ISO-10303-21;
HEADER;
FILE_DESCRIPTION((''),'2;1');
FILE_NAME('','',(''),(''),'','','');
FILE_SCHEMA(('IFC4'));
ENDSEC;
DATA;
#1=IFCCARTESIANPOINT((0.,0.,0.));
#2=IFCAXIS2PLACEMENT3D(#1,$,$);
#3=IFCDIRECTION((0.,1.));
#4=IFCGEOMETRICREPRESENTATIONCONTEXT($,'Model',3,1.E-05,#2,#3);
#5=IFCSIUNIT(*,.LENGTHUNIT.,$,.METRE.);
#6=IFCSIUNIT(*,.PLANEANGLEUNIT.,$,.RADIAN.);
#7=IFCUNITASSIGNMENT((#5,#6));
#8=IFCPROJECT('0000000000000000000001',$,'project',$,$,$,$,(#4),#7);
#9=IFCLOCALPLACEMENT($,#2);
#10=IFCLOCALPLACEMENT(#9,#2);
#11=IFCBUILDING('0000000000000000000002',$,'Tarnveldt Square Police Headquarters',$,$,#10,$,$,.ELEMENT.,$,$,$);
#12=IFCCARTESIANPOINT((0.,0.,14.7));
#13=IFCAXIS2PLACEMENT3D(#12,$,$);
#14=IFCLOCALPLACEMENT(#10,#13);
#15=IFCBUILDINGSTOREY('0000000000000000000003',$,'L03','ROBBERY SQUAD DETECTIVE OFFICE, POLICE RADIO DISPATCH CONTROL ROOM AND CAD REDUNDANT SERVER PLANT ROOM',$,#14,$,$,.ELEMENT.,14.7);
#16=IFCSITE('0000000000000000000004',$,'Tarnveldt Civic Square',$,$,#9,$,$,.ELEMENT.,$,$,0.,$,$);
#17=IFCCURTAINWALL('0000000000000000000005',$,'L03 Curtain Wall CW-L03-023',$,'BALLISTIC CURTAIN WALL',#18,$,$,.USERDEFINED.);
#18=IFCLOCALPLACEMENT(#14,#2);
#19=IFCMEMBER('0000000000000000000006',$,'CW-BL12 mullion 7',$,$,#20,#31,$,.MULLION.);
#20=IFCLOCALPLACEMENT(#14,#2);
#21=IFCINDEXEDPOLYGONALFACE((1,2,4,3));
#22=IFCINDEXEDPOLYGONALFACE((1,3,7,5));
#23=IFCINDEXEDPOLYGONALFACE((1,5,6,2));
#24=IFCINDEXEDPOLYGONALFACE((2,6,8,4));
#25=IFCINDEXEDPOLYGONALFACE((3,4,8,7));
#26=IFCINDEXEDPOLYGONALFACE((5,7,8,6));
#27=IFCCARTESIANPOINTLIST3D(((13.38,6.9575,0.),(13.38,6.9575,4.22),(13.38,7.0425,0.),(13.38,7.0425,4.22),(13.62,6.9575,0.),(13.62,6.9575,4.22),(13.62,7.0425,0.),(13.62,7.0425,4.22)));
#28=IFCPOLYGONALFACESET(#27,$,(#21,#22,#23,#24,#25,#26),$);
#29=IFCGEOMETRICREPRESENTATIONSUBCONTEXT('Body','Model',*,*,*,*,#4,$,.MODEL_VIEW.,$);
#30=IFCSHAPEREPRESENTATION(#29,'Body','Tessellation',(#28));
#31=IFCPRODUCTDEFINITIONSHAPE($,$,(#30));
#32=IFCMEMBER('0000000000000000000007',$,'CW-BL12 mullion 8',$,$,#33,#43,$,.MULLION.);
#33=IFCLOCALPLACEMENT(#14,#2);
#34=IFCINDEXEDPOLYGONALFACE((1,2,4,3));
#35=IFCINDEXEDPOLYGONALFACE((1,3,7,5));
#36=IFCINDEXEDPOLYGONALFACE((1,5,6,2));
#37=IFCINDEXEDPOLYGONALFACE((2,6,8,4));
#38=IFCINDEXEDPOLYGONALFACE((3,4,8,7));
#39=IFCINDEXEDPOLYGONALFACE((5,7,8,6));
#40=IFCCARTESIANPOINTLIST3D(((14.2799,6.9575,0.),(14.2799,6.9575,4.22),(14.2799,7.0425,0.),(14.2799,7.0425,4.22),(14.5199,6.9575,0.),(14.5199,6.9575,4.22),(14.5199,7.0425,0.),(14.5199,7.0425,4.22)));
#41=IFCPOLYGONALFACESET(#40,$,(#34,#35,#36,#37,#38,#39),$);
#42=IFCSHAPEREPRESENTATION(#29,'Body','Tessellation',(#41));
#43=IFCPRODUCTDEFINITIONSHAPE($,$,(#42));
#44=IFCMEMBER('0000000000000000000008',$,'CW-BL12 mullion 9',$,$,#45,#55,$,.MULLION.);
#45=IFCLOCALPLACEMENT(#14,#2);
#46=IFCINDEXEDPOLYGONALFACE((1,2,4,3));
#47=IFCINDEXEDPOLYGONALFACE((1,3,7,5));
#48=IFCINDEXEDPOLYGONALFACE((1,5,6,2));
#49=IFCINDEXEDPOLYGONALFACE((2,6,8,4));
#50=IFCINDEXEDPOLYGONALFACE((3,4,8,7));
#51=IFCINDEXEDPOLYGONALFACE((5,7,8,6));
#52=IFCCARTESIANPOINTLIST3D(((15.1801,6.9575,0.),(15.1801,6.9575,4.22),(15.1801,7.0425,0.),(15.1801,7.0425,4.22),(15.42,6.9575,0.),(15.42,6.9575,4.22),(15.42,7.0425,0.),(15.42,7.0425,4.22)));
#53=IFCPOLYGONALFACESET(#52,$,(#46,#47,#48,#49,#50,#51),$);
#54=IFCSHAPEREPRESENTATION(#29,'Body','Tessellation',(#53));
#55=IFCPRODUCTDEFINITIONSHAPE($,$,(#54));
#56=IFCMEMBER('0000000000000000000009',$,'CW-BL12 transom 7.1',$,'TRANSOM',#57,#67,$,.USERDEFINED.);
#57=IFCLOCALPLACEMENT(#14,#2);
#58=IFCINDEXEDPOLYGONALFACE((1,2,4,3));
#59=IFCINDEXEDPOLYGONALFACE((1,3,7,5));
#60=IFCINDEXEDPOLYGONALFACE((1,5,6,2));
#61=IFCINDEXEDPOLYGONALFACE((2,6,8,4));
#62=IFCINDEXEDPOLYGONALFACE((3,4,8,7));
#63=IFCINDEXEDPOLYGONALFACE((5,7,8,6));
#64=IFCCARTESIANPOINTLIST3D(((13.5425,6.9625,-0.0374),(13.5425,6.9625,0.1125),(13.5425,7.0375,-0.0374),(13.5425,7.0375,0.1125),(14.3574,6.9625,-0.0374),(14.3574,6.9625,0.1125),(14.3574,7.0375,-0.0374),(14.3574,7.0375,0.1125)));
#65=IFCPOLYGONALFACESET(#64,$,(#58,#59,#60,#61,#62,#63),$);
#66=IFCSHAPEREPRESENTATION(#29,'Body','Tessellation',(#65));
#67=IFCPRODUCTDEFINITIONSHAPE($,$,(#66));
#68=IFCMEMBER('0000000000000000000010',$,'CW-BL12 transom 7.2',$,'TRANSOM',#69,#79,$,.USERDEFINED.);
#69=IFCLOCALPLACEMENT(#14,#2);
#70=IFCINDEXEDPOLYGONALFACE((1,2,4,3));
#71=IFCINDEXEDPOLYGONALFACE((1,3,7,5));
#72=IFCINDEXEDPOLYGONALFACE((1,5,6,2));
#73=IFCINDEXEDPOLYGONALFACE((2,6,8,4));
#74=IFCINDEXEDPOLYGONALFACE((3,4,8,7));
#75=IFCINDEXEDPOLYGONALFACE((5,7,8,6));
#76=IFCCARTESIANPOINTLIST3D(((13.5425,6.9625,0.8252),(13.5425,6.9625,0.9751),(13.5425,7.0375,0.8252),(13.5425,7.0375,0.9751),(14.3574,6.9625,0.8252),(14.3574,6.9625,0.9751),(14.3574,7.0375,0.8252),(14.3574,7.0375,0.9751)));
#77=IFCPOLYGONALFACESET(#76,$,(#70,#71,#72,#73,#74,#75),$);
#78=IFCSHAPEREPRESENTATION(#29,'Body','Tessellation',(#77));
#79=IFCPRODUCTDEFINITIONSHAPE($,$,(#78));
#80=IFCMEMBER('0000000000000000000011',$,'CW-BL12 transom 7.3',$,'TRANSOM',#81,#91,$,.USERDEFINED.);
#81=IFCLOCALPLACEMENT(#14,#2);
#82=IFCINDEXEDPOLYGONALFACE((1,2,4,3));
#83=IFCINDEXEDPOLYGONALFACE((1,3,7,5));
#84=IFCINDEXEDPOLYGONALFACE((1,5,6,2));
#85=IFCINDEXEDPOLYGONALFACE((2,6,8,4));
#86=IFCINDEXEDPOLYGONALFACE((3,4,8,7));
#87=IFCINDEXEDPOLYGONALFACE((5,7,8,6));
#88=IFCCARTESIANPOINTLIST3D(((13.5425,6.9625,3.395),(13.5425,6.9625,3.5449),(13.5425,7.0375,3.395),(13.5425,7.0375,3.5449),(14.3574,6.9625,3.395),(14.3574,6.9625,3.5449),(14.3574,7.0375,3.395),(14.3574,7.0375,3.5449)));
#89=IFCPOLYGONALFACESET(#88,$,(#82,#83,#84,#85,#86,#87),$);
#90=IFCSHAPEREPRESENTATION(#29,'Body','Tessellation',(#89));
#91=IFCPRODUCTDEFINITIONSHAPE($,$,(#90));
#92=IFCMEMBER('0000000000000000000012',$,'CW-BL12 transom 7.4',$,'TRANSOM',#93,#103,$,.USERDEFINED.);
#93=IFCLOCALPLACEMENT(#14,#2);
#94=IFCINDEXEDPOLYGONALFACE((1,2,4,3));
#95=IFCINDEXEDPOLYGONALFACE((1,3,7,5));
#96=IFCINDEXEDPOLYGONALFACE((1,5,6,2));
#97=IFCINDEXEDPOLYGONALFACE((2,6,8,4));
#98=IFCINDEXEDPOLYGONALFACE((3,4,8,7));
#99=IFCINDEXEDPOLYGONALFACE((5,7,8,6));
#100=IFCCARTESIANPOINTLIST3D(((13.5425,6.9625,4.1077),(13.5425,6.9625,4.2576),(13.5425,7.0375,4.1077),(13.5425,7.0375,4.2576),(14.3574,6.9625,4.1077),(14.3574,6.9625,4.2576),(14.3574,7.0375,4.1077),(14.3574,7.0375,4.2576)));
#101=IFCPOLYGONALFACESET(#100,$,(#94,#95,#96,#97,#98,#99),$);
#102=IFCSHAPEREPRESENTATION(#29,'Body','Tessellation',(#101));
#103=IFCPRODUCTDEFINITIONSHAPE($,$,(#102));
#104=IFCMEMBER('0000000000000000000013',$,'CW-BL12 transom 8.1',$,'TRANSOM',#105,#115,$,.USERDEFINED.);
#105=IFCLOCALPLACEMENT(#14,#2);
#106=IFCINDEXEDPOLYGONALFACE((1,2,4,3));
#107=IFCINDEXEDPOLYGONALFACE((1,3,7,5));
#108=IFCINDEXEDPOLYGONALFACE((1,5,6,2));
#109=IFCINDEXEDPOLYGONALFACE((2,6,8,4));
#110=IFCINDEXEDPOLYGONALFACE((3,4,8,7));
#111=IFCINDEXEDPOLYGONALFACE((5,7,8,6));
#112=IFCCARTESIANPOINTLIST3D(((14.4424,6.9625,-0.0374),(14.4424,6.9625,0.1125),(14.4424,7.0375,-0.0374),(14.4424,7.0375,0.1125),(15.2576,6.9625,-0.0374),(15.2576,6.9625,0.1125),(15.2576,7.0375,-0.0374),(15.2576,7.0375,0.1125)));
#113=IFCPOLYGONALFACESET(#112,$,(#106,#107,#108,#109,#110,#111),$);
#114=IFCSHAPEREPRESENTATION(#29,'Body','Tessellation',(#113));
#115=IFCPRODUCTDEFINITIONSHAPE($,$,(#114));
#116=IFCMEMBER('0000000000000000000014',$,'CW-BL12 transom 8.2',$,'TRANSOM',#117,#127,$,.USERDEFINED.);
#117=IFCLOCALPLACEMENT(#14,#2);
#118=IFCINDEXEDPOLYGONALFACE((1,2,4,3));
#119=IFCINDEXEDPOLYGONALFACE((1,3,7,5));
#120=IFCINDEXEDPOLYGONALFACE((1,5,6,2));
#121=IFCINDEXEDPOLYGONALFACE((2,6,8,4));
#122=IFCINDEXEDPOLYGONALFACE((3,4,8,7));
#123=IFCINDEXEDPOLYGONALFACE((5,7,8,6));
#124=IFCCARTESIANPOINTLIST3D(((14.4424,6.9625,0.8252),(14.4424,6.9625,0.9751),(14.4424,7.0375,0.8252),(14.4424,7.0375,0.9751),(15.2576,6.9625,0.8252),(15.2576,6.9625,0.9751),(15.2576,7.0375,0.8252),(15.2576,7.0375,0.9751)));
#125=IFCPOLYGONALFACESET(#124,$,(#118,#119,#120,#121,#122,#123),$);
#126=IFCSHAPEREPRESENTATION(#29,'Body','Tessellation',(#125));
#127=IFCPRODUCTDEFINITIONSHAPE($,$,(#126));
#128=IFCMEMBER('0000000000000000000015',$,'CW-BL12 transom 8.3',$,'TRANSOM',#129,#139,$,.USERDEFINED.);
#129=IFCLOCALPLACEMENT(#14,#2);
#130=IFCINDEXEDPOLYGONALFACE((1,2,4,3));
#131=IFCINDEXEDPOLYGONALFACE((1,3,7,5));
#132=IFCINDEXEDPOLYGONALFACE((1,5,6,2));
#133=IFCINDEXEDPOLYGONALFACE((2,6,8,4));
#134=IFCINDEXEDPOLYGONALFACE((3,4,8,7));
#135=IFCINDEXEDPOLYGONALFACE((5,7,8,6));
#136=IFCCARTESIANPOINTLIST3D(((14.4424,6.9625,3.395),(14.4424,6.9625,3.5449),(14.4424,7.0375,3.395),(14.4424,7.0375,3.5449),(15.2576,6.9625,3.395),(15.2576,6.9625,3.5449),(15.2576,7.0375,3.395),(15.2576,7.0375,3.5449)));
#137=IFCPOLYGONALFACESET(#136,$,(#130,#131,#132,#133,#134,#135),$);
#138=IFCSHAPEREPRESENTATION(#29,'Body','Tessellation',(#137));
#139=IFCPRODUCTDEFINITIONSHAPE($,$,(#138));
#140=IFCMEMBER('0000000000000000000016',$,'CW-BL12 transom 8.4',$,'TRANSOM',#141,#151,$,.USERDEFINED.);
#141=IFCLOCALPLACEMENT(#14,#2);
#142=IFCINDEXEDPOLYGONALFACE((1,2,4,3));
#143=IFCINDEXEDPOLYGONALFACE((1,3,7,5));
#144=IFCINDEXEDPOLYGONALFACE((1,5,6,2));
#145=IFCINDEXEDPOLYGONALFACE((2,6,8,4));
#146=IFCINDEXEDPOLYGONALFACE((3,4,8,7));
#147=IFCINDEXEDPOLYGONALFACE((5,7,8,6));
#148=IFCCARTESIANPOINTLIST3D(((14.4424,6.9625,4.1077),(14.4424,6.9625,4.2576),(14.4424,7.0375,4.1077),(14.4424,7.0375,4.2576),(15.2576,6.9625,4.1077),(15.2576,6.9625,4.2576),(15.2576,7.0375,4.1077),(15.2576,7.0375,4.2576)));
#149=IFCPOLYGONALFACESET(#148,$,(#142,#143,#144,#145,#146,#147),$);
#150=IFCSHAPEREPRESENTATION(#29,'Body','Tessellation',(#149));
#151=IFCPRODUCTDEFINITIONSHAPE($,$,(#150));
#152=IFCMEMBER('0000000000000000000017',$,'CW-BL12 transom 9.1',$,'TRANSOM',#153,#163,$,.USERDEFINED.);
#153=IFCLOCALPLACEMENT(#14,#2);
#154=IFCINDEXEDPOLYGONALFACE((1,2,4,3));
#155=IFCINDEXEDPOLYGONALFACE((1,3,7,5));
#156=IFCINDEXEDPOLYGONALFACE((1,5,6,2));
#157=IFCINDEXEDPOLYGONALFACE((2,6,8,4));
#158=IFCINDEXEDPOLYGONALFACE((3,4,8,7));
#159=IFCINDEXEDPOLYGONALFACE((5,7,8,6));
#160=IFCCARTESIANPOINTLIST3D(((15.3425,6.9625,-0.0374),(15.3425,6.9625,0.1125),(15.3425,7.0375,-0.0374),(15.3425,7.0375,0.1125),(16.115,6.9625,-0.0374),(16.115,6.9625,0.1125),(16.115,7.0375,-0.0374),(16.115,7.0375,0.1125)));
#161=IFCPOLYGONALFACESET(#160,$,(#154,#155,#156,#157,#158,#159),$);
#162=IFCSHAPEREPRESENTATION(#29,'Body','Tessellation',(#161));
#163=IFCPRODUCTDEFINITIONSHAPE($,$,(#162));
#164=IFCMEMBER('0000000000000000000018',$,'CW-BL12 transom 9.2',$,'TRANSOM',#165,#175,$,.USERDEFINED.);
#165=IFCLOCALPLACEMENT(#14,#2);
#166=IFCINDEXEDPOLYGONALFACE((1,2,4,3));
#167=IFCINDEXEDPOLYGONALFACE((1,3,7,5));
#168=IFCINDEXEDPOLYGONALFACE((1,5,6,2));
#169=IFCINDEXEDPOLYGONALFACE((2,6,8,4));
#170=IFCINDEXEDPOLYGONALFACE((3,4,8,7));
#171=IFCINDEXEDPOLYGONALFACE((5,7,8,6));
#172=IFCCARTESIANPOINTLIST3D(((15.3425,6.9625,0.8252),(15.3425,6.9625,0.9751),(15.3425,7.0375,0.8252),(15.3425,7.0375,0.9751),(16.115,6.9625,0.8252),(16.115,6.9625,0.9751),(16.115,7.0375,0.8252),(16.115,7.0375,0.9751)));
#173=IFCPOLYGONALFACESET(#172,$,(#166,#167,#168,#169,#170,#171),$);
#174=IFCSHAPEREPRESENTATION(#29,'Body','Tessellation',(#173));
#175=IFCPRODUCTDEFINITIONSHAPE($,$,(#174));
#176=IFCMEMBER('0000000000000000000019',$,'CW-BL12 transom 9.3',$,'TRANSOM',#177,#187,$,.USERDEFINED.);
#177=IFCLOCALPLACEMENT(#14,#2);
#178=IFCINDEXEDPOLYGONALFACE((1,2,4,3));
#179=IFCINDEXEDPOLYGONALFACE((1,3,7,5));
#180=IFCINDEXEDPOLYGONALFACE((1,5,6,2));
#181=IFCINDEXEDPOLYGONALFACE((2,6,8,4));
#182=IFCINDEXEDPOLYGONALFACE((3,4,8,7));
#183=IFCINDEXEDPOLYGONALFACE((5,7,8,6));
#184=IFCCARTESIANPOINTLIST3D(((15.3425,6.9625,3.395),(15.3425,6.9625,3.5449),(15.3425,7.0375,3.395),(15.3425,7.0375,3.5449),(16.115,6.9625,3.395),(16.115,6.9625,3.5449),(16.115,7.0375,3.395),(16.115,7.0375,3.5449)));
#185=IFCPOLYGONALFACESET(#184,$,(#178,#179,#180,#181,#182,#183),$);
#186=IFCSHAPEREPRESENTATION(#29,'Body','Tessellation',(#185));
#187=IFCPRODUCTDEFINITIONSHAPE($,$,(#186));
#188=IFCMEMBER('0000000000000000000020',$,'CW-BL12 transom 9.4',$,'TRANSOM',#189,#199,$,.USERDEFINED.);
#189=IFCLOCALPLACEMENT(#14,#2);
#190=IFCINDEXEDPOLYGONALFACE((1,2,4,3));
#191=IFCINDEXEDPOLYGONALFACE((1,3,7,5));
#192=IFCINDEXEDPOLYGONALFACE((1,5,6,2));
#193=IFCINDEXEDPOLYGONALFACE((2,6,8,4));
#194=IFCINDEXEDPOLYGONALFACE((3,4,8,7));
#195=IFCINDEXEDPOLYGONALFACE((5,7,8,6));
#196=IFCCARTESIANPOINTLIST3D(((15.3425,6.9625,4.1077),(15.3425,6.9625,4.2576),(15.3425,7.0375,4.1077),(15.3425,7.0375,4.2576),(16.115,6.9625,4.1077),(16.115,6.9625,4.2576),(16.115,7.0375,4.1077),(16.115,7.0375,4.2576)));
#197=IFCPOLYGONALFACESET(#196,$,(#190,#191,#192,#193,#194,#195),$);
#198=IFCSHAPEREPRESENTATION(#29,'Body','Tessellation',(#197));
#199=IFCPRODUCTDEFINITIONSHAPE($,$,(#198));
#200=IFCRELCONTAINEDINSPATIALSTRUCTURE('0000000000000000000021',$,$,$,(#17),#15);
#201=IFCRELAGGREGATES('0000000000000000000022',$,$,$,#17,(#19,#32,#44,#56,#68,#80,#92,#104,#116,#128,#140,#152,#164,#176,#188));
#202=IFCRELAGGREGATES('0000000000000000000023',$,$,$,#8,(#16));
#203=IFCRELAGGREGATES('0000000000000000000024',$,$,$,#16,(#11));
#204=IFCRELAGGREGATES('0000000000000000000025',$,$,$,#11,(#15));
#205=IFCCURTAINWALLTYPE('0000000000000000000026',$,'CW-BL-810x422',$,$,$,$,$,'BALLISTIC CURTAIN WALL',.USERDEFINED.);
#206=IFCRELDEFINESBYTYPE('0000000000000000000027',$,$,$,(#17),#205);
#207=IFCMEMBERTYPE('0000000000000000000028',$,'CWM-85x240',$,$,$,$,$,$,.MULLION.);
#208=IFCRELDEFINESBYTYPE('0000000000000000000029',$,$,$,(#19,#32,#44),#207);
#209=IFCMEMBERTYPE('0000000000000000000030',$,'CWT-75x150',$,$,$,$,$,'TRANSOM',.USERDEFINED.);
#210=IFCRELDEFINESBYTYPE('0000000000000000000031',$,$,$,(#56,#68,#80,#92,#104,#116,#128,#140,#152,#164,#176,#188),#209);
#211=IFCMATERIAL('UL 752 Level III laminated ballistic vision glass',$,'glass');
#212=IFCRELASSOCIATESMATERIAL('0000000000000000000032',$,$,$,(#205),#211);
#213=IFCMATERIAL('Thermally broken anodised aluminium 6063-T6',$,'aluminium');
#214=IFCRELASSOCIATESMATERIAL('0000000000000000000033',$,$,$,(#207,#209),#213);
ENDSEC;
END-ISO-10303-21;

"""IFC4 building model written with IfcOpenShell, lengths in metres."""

from ifc_helpers import new_model, si_unit, direction, frame, origin, origin_2d, place, context, subcontext, project, spatial, rectangle, extrude, material, material_profile, profile_set, type_object, element, aggregate, save


model = new_model("IFC4")

# Units and contexts
model_context = context("Model", 3, precision=1e-05, world=origin(), true_north=direction((0.0, 1.0)))
body_context = subcontext(model_context, "Body", "Model", "MODEL_VIEW")
ifc_project = project(units=[si_unit("LENGTHUNIT", "METRE"), si_unit("PLANEANGLEUNIT", "RADIAN")], contexts=[model_context])

# Site, building, storey
site_placement = place(None, origin())
site = spatial("IfcSite", under=ifc_project, at=site_placement, Name="Tarnveldt Civic Square", CompositionType="ELEMENT", RefElevation=0.0)
building_placement = place(site_placement, origin())
building = spatial("IfcBuilding", under=site, at=building_placement, Name="Tarnveldt Square Police Headquarters", CompositionType="ELEMENT")
storey_placement = place(building_placement, frame((0.0, 0.0, 14.7)))
storey = spatial("IfcBuildingStorey", under=building, at=storey_placement, Name="L03", Description="ROBBERY SQUAD DETECTIVE OFFICE, POLICE RADIO DISPATCH CONTROL ROOM AND CAD REDUNDANT SERVER PLANT ROOM", CompositionType="ELEMENT", Elevation=14.7)

# Curtain wall, members
ifc_material_1 = material(Name="UL 752 Level III laminated ballistic vision glass", Category="glass")
curtain_wall_type = type_object("IfcCurtainWallType", Name="CW-BL-810x422", ElementType="BALLISTIC CURTAIN WALL", PredefinedType="USERDEFINED", material=ifc_material_1)
curtain_wall_placement = place(storey_placement, origin())
curtain_wall = element("IfcCurtainWall", 1, at=curtain_wall_placement, inside=storey, type_object=curtain_wall_type, Name="L03 Curtain Wall CW-L03-023", ObjectType="BALLISTIC CURTAIN WALL", PredefinedType="USERDEFINED")
ifc_material_2 = material(Name="Thermally broken anodised aluminium 6063-T6", Category="aluminium")
ifc_material_profile_1 = material_profile(ifc_material_2, rectangle(XDim=0.085, YDim=0.24, at=origin_2d()), Name="CW-M85x240")
ifc_profile_set_1 = profile_set([ifc_material_profile_1], Name="Thermally broken anodised aluminium 6063-T6")
member_type_1 = type_object("IfcMemberType", Name="CWM-85x240", PredefinedType="MULLION", material=ifc_profile_set_1)
member_1_placement = place(storey_placement, frame((13.5, 7.0, 0.0), z_axis=(0.0, 0.0, 1.0), x_axis=(0.0, 1.0, 0.0)))
member_1 = element("IfcMember", 2, at=member_1_placement, type_object=member_type_1, Name="CW-BL12 mullion 7", PredefinedType="MULLION", context=body_context, shape_type="SweptSolid", body=[
    extrude(rectangle(XDim=0.085, YDim=0.24, at=origin_2d()), origin(), (0.0, 0.0, 1.0), 4.22),
])
member_2_placement = place(storey_placement, frame((14.3999, 7.0, 0.0), z_axis=(0.0, 0.0, 1.0), x_axis=(0.0, 1.0, 0.0)))
member_2 = element("IfcMember", 3, at=member_2_placement, type_object=member_type_1, Name="CW-BL12 mullion 8", PredefinedType="MULLION", context=body_context, shape_type="SweptSolid", body=[
    extrude(rectangle(XDim=0.085, YDim=0.24, at=origin_2d()), origin(), (0.0, 0.0, 1.0), 4.22),
])
member_3_placement = place(storey_placement, frame((15.3, 7.0, 0.0), z_axis=(0.0, 0.0, 1.0), x_axis=(0.0, 1.0, 0.0)))
member_3 = element("IfcMember", 4, at=member_3_placement, type_object=member_type_1, Name="CW-BL12 mullion 9", PredefinedType="MULLION", context=body_context, shape_type="SweptSolid", body=[
    extrude(rectangle(XDim=0.085, YDim=0.24, at=origin_2d()), origin(), (0.0, 0.0, 1.0), 4.22),
])
ifc_material_profile_2 = material_profile(ifc_material_2, rectangle(XDim=0.075, YDim=0.1499, at=origin_2d()), Name="CW-T75x150")
ifc_profile_set_2 = profile_set([ifc_material_profile_2], Name="Thermally broken anodised aluminium 6063-T6")
member_type_2 = type_object("IfcMemberType", Name="CWT-75x150", ElementType="TRANSOM", PredefinedType="USERDEFINED", material=ifc_profile_set_2)
member_4_placement = place(storey_placement, frame((13.5425, 7.0, 0.0376), z_axis=(1.0, 0.0, 0.0), x_axis=(0.0, 1.0, 0.0)))
member_4 = element("IfcMember", 5, at=member_4_placement, type_object=member_type_2, Name="CW-BL12 transom 7.1", ObjectType="TRANSOM", PredefinedType="USERDEFINED", context=body_context, shape_type="SweptSolid", body=[
    extrude(rectangle(XDim=0.075, YDim=0.1499, at=origin_2d()), origin(), (0.0, 0.0, 1.0), 0.8149),
])
member_5_placement = place(storey_placement, frame((13.5425, 7.0, 0.9001), z_axis=(1.0, 0.0, 0.0), x_axis=(0.0, 1.0, 0.0)))
member_5 = element("IfcMember", 6, at=member_5_placement, type_object=member_type_2, Name="CW-BL12 transom 7.2", ObjectType="TRANSOM", PredefinedType="USERDEFINED", context=body_context, shape_type="SweptSolid", body=[
    extrude(rectangle(XDim=0.075, YDim=0.1499, at=origin_2d()), origin(), (0.0, 0.0, 1.0), 0.8149),
])
member_6_placement = place(storey_placement, frame((13.5425, 7.0, 3.47), z_axis=(1.0, 0.0, 0.0), x_axis=(0.0, 1.0, 0.0)))
member_6 = element("IfcMember", 7, at=member_6_placement, type_object=member_type_2, Name="CW-BL12 transom 7.3", ObjectType="TRANSOM", PredefinedType="USERDEFINED", context=body_context, shape_type="SweptSolid", body=[
    extrude(rectangle(XDim=0.075, YDim=0.1499, at=origin_2d()), origin(), (0.0, 0.0, 1.0), 0.8149),
])
member_7_placement = place(storey_placement, frame((13.5425, 7.0, 4.1826), z_axis=(1.0, 0.0, 0.0), x_axis=(0.0, 1.0, 0.0)))
member_7 = element("IfcMember", 8, at=member_7_placement, type_object=member_type_2, Name="CW-BL12 transom 7.4", ObjectType="TRANSOM", PredefinedType="USERDEFINED", context=body_context, shape_type="SweptSolid", body=[
    extrude(rectangle(XDim=0.075, YDim=0.1499, at=origin_2d()), origin(), (0.0, 0.0, 1.0), 0.8149),
])
member_8_placement = place(storey_placement, frame((14.4424, 7.0, 0.0376), z_axis=(1.0, 0.0, 0.0), x_axis=(0.0, 1.0, 0.0)))
member_8 = element("IfcMember", 9, at=member_8_placement, type_object=member_type_2, Name="CW-BL12 transom 8.1", ObjectType="TRANSOM", PredefinedType="USERDEFINED", context=body_context, shape_type="SweptSolid", body=[
    extrude(rectangle(XDim=0.075, YDim=0.1499, at=origin_2d()), origin(), (0.0, 0.0, 1.0), 0.8152),
])
member_9_placement = place(storey_placement, frame((14.4424, 7.0, 0.9001), z_axis=(1.0, 0.0, 0.0), x_axis=(0.0, 1.0, 0.0)))
member_9 = element("IfcMember", 10, at=member_9_placement, type_object=member_type_2, Name="CW-BL12 transom 8.2", ObjectType="TRANSOM", PredefinedType="USERDEFINED", context=body_context, shape_type="SweptSolid", body=[
    extrude(rectangle(XDim=0.075, YDim=0.1499, at=origin_2d()), origin(), (0.0, 0.0, 1.0), 0.8152),
])
member_10_placement = place(storey_placement, frame((14.4424, 7.0, 3.47), z_axis=(1.0, 0.0, 0.0), x_axis=(0.0, 1.0, 0.0)))
member_10 = element("IfcMember", 11, at=member_10_placement, type_object=member_type_2, Name="CW-BL12 transom 8.3", ObjectType="TRANSOM", PredefinedType="USERDEFINED", context=body_context, shape_type="SweptSolid", body=[
    extrude(rectangle(XDim=0.075, YDim=0.1499, at=origin_2d()), origin(), (0.0, 0.0, 1.0), 0.8152),
])
member_11_placement = place(storey_placement, frame((14.4424, 7.0, 4.1826), z_axis=(1.0, 0.0, 0.0), x_axis=(0.0, 1.0, 0.0)))
member_11 = element("IfcMember", 12, at=member_11_placement, type_object=member_type_2, Name="CW-BL12 transom 8.4", ObjectType="TRANSOM", PredefinedType="USERDEFINED", context=body_context, shape_type="SweptSolid", body=[
    extrude(rectangle(XDim=0.075, YDim=0.1499, at=origin_2d()), origin(), (0.0, 0.0, 1.0), 0.8152),
])
member_12_placement = place(storey_placement, frame((15.3425, 7.0, 0.0376), z_axis=(1.0, 0.0, 0.0), x_axis=(0.0, 1.0, 0.0)))
member_12 = element("IfcMember", 13, at=member_12_placement, type_object=member_type_2, Name="CW-BL12 transom 9.1", ObjectType="TRANSOM", PredefinedType="USERDEFINED", context=body_context, shape_type="SweptSolid", body=[
    extrude(rectangle(XDim=0.075, YDim=0.1499, at=origin_2d()), origin(), (0.0, 0.0, 1.0), 0.7725),
])
member_13_placement = place(storey_placement, frame((15.3425, 7.0, 0.9001), z_axis=(1.0, 0.0, 0.0), x_axis=(0.0, 1.0, 0.0)))
member_13 = element("IfcMember", 14, at=member_13_placement, type_object=member_type_2, Name="CW-BL12 transom 9.2", ObjectType="TRANSOM", PredefinedType="USERDEFINED", context=body_context, shape_type="SweptSolid", body=[
    extrude(rectangle(XDim=0.075, YDim=0.1499, at=origin_2d()), origin(), (0.0, 0.0, 1.0), 0.7725),
])
member_14_placement = place(storey_placement, frame((15.3425, 7.0, 3.47), z_axis=(1.0, 0.0, 0.0), x_axis=(0.0, 1.0, 0.0)))
member_14 = element("IfcMember", 15, at=member_14_placement, type_object=member_type_2, Name="CW-BL12 transom 9.3", ObjectType="TRANSOM", PredefinedType="USERDEFINED", context=body_context, shape_type="SweptSolid", body=[
    extrude(rectangle(XDim=0.075, YDim=0.1499, at=origin_2d()), origin(), (0.0, 0.0, 1.0), 0.7725),
])
member_15_placement = place(storey_placement, frame((15.3425, 7.0, 4.1826), z_axis=(1.0, 0.0, 0.0), x_axis=(0.0, 1.0, 0.0)))
member_15 = element("IfcMember", 16, at=member_15_placement, type_object=member_type_2, Name="CW-BL12 transom 9.4", ObjectType="TRANSOM", PredefinedType="USERDEFINED", context=body_context, shape_type="SweptSolid", body=[
    extrude(rectangle(XDim=0.075, YDim=0.1499, at=origin_2d()), origin(), (0.0, 0.0, 1.0), 0.7725),
])

aggregate(curtain_wall, [member_1, member_2, member_3, member_4, member_5, member_6, member_7, member_8, member_9, member_10, member_11, member_12, member_13, member_14, member_15])

save(model, "model.ifc")
